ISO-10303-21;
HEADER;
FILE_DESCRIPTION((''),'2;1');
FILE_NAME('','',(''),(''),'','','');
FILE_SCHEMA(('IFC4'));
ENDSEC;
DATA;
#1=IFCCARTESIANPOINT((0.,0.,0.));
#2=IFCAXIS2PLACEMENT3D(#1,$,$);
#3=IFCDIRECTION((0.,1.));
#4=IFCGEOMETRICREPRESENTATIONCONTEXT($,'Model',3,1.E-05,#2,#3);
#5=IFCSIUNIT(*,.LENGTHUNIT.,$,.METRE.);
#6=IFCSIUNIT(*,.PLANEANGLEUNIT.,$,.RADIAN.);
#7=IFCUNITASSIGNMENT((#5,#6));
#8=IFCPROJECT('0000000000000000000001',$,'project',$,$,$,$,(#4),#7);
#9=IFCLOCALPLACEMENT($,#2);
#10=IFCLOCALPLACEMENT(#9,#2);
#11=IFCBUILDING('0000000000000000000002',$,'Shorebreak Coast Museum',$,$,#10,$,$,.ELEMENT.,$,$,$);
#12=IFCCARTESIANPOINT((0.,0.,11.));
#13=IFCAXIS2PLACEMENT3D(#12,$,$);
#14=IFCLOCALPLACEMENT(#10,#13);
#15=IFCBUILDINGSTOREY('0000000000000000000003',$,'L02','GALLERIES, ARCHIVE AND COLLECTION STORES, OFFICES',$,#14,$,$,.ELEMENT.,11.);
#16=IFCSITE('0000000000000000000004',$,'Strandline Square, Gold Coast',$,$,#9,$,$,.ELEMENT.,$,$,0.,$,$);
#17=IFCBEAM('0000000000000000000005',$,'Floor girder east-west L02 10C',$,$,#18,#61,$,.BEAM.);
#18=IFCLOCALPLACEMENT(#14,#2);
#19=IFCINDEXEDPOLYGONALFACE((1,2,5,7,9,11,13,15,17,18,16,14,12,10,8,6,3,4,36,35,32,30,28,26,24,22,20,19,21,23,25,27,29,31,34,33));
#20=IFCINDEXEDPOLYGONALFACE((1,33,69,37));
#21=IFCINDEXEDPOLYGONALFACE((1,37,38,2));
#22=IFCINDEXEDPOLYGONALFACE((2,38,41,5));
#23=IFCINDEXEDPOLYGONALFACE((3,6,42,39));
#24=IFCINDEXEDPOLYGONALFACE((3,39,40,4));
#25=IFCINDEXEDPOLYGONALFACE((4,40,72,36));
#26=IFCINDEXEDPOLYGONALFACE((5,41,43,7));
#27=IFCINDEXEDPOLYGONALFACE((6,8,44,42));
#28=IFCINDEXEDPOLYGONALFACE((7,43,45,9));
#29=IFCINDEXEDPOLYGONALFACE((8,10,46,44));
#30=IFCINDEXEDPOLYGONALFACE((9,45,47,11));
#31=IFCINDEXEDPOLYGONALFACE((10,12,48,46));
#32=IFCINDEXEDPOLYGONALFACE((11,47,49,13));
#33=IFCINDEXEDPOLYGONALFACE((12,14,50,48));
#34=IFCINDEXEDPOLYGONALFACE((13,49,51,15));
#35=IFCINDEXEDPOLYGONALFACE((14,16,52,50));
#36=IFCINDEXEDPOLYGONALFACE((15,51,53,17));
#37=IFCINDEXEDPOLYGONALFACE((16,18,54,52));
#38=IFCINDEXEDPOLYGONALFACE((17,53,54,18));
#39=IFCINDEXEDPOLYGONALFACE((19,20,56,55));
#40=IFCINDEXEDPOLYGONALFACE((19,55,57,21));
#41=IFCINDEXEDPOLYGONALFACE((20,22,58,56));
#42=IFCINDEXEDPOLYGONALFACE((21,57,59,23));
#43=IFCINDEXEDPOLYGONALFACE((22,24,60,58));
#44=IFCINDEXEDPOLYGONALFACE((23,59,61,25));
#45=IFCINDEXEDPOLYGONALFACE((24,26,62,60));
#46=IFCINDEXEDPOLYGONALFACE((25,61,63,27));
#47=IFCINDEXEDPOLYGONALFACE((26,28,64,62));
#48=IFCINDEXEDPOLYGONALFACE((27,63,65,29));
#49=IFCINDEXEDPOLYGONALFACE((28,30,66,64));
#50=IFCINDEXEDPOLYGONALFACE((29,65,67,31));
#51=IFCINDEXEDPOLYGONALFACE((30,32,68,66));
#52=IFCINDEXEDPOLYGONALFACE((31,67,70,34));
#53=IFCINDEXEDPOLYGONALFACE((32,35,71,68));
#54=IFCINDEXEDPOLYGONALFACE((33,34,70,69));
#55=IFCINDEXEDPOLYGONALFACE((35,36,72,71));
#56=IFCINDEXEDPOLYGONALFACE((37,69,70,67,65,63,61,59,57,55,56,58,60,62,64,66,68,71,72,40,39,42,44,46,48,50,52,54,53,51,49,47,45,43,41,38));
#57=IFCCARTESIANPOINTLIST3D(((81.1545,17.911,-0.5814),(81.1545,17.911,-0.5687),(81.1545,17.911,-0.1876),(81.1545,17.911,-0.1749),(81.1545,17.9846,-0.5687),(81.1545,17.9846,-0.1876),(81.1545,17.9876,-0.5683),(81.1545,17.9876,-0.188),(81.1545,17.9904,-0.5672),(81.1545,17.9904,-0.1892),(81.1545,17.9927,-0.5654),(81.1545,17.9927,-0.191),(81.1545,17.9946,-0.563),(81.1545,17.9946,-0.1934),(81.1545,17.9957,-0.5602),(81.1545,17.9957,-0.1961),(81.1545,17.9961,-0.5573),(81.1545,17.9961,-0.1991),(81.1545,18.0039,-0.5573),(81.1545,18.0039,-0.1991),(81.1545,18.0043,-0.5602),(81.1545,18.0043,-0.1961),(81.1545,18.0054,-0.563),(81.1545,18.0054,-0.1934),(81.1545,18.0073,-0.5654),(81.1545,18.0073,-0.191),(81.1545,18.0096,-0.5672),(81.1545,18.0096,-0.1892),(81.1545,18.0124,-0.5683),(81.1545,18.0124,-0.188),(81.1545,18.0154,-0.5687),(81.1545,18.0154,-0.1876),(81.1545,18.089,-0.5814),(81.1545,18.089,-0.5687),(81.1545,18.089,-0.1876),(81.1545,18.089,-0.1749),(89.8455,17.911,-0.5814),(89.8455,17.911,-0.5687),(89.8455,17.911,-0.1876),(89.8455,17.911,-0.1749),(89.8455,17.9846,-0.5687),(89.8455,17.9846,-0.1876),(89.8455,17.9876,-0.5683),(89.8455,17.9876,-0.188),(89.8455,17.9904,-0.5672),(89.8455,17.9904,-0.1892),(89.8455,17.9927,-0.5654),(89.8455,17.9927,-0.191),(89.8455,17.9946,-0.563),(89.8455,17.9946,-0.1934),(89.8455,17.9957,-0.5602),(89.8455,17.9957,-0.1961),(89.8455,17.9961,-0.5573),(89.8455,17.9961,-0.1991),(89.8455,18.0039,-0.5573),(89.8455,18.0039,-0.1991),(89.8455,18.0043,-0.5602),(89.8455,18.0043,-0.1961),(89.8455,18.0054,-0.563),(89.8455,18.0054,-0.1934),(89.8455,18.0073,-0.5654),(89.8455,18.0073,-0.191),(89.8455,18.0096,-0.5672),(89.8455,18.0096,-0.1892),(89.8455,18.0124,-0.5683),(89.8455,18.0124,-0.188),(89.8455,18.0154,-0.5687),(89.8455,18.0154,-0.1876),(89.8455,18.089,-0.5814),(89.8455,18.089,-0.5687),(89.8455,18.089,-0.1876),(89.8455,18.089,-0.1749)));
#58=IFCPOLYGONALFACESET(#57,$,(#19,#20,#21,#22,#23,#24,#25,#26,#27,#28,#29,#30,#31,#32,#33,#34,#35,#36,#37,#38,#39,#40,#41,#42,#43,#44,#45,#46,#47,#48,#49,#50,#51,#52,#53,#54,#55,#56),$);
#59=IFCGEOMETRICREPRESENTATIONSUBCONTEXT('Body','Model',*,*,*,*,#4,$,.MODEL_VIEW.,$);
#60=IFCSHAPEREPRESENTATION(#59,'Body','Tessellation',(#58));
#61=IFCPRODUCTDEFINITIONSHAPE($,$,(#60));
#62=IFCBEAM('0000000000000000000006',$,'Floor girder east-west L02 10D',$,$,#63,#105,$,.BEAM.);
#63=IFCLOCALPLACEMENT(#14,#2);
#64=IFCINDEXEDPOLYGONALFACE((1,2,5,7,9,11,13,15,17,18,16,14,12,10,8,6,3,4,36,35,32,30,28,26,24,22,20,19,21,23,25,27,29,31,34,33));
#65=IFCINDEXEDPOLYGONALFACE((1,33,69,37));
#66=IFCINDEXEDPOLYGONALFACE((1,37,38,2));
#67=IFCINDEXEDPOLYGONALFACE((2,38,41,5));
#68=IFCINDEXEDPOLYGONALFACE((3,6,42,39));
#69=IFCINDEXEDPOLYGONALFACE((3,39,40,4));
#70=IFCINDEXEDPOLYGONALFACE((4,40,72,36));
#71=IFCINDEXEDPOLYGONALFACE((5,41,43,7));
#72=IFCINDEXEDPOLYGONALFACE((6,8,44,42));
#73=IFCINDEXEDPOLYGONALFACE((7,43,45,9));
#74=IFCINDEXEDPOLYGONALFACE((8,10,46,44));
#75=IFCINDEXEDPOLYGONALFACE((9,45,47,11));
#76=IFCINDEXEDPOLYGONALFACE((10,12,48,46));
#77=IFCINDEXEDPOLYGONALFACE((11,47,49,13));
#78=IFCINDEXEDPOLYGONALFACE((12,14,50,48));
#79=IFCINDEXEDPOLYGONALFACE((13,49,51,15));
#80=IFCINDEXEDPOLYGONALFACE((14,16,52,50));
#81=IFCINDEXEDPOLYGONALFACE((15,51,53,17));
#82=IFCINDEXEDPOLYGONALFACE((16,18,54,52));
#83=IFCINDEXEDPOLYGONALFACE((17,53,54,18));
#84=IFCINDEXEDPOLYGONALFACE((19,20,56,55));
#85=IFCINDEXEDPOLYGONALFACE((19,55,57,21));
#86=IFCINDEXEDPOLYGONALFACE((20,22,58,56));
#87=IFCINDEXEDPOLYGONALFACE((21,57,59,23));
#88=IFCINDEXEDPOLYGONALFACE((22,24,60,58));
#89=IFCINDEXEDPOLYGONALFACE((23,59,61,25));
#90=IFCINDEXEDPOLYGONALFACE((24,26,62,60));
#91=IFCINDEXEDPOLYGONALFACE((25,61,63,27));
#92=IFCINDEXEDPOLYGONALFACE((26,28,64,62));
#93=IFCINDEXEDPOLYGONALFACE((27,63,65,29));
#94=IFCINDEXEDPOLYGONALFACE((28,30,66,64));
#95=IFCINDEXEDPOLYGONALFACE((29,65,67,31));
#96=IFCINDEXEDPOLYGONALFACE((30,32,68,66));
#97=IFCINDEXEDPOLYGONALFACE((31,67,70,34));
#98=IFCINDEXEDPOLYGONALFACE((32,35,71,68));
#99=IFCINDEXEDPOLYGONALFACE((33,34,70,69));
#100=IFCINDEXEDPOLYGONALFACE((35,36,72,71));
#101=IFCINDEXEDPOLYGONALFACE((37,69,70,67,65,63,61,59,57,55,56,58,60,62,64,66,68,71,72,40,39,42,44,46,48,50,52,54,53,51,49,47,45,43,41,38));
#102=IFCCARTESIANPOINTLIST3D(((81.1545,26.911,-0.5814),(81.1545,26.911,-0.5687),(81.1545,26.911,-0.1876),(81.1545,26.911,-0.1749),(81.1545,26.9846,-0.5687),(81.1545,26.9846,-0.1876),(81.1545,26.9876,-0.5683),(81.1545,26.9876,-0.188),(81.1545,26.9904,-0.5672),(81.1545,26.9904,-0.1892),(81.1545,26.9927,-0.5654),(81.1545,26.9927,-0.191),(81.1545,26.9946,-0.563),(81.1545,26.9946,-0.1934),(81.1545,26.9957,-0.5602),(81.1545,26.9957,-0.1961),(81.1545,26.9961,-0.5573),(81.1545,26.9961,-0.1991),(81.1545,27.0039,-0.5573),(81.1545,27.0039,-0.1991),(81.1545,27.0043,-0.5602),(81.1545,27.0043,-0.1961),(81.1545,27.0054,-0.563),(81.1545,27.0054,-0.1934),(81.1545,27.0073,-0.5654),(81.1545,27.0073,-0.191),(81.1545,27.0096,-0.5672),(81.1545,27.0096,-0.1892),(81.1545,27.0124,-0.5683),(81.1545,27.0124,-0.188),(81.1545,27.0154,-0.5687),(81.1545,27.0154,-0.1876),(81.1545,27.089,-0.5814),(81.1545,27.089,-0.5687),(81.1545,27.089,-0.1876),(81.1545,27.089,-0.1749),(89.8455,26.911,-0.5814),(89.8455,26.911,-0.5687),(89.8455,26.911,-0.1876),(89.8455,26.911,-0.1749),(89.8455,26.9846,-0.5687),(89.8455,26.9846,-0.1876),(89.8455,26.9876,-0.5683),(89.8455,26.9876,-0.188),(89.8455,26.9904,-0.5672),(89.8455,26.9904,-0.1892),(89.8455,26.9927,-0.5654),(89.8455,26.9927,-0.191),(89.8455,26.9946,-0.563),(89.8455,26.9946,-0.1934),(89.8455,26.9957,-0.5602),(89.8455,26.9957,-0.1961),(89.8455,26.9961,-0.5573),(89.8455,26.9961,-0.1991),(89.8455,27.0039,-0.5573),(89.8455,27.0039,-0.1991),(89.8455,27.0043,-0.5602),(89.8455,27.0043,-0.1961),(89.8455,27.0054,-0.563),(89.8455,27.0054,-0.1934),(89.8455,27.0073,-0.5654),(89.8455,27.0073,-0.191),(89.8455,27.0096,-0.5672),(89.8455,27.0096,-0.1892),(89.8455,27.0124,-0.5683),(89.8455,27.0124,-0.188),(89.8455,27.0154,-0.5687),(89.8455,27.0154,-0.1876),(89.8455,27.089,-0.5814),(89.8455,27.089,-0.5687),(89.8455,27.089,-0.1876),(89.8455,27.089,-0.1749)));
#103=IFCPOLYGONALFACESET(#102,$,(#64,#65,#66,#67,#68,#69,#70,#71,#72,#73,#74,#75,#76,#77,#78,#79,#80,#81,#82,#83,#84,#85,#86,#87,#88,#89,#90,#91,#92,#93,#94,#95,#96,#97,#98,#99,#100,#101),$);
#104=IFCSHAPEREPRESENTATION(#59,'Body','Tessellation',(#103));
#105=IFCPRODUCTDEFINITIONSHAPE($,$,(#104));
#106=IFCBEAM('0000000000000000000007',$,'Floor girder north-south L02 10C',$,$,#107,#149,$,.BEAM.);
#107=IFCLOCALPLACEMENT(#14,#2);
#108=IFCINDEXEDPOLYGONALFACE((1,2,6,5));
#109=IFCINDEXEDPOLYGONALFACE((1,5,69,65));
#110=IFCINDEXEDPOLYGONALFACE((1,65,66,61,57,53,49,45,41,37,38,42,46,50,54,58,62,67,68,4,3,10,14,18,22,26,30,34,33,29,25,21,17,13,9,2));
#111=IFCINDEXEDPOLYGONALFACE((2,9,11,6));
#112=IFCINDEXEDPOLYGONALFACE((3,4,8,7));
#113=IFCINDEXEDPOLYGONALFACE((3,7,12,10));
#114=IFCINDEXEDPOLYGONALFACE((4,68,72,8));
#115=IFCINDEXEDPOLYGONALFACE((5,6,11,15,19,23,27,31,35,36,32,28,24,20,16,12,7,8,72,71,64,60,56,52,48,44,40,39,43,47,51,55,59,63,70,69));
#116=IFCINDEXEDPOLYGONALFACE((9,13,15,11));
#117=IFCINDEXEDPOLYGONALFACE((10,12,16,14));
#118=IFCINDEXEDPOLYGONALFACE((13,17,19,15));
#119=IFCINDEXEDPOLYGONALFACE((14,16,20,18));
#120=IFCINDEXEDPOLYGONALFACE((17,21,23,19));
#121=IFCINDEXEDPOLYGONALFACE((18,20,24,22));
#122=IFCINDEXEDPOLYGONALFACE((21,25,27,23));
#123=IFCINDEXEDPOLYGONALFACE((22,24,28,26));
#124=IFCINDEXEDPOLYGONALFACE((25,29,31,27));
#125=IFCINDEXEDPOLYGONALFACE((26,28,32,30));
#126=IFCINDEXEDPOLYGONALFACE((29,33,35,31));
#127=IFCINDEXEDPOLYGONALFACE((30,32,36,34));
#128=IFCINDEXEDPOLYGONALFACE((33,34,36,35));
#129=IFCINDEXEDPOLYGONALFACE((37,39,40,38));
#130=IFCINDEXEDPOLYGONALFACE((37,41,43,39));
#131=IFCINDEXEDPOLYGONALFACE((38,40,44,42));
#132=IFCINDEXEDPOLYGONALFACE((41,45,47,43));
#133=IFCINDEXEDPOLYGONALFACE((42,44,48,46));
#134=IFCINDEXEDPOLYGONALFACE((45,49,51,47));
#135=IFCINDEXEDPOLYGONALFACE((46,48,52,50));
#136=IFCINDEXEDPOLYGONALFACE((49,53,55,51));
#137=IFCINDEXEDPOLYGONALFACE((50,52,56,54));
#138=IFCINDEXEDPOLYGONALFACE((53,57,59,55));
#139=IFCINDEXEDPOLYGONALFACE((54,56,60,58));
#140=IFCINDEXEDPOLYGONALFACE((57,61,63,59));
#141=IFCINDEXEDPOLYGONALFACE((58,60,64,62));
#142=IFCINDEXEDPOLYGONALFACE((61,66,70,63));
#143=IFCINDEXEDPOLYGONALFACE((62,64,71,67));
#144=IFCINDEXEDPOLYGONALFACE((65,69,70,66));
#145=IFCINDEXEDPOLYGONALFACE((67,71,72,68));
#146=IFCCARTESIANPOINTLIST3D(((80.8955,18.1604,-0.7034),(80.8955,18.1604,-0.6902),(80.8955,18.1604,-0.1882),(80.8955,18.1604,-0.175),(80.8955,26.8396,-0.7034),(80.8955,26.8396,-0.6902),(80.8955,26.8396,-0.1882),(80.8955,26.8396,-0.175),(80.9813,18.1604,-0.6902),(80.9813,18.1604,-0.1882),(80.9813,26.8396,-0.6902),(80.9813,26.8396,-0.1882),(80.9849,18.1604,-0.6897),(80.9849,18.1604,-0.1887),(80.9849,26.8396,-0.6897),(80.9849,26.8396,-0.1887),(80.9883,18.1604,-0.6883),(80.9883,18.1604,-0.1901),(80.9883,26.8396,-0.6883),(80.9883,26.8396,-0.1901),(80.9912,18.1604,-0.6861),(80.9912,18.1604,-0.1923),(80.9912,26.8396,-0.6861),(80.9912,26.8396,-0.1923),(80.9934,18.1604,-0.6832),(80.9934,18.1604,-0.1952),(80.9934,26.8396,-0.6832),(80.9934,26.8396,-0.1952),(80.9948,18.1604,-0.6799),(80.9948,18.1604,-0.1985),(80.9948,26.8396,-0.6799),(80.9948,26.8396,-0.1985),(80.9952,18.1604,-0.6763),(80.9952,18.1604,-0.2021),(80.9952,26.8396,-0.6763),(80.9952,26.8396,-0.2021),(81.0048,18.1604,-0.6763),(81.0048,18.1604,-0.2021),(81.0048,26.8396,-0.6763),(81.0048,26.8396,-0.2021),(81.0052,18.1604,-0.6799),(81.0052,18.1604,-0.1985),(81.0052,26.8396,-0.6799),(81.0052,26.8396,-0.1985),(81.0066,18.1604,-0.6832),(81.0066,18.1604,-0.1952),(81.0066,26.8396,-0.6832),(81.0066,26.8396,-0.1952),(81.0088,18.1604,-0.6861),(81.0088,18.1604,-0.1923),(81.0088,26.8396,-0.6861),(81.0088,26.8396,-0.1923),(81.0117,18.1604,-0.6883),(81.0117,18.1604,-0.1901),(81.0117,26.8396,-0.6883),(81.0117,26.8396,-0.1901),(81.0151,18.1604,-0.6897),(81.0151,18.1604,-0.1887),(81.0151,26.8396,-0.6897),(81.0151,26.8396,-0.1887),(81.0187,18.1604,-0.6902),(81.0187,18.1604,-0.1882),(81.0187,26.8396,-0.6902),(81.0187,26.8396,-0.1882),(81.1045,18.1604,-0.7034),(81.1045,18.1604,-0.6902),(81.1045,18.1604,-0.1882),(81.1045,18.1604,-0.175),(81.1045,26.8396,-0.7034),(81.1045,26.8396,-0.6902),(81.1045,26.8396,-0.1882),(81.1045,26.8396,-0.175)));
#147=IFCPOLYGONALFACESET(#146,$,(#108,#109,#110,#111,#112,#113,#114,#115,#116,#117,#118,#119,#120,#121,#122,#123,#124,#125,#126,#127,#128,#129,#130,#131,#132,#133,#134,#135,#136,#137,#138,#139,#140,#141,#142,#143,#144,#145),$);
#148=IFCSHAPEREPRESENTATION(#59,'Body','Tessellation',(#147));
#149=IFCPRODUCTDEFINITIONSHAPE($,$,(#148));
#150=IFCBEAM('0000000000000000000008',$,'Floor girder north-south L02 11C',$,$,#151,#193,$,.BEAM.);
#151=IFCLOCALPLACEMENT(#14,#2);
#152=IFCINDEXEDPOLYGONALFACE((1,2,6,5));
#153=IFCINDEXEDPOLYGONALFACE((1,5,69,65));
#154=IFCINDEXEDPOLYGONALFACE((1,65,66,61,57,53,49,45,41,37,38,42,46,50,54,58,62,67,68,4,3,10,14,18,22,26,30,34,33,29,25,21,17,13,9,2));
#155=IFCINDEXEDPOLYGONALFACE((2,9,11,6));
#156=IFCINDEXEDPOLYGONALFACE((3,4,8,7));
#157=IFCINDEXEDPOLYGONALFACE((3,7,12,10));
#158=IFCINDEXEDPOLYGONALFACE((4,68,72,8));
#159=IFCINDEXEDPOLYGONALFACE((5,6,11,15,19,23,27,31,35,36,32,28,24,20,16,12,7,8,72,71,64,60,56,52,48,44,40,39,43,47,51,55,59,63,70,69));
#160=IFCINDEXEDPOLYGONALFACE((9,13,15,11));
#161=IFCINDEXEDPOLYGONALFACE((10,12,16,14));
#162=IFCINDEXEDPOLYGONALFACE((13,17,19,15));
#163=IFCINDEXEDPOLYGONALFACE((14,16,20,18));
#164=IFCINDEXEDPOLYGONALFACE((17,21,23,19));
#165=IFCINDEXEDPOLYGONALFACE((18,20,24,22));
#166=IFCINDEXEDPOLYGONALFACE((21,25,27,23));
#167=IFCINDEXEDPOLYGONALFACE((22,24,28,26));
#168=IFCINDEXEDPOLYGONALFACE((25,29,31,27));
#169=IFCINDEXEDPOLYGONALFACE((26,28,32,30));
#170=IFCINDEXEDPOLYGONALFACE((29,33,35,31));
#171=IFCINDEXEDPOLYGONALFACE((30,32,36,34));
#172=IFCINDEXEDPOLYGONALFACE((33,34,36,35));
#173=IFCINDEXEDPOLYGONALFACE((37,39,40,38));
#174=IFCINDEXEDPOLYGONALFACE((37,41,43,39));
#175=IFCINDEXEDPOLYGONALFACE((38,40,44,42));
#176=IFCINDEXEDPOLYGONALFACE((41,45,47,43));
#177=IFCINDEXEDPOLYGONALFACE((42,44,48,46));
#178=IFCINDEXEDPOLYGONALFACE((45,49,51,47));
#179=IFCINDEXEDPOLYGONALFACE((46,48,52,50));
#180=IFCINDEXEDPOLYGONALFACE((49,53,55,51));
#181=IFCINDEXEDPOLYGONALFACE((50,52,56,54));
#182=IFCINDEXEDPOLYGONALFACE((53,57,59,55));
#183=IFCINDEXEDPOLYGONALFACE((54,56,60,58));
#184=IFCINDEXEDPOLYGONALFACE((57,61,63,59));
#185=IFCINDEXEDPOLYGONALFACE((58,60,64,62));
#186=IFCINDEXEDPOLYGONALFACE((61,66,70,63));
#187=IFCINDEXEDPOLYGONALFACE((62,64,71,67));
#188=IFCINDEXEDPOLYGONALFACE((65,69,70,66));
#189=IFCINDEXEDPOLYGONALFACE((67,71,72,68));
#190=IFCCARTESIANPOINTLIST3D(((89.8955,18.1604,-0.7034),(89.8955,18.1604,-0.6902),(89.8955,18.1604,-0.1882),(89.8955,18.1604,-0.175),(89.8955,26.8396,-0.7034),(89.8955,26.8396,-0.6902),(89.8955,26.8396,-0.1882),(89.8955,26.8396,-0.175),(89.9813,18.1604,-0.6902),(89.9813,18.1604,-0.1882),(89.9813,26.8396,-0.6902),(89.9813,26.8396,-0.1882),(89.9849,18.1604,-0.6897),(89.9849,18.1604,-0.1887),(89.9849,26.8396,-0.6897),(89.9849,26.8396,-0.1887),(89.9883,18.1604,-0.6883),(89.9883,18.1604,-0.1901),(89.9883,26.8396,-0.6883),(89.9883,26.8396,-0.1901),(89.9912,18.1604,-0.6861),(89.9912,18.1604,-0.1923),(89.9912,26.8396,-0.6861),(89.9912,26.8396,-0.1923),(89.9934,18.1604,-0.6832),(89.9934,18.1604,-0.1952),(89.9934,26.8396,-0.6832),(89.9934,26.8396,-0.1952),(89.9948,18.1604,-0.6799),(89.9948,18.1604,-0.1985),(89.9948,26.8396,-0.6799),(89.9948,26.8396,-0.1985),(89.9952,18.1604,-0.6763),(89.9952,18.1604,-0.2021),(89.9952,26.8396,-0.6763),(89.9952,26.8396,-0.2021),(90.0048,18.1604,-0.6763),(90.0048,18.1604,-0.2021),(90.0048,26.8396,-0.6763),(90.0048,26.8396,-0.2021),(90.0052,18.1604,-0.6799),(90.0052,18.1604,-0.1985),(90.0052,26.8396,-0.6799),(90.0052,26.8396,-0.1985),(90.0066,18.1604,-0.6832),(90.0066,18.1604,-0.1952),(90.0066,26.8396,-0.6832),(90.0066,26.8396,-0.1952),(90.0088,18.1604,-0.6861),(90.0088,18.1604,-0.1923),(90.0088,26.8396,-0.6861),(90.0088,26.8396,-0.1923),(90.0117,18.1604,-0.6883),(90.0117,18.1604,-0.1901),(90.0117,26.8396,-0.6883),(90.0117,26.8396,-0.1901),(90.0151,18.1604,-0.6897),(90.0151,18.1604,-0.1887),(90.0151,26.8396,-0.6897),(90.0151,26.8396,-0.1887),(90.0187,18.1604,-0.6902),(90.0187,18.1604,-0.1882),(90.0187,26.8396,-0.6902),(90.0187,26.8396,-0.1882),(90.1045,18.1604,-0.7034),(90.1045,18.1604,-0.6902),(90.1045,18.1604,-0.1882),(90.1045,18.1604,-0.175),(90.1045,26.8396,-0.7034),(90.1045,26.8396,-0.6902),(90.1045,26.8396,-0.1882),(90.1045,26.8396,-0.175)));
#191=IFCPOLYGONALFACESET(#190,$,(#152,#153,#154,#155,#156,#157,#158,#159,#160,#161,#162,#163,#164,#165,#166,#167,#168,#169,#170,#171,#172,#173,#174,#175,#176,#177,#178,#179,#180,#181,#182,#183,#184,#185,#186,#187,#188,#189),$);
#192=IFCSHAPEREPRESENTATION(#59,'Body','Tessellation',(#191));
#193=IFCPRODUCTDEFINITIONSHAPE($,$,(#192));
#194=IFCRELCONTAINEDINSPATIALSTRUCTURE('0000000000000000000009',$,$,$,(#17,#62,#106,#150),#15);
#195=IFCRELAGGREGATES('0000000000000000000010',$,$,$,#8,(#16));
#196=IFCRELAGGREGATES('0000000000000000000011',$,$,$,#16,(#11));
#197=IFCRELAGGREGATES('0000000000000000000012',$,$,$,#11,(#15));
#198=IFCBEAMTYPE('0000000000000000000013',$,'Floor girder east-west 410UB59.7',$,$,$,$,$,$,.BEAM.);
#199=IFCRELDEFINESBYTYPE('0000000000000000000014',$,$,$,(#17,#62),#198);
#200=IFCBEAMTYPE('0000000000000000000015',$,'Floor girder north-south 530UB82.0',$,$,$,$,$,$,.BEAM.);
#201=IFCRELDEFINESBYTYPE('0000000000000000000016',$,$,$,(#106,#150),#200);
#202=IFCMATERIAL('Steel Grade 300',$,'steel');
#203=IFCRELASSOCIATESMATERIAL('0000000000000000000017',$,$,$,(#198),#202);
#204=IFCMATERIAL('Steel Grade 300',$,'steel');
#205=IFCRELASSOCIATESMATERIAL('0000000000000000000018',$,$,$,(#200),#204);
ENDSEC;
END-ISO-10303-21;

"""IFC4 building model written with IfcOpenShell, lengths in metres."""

from ifc_helpers import new_model, si_unit, direction, frame, origin, origin_2d, place, context, subcontext, project, spatial, i_section, extrude, material, material_profile, profile_set, type_object, element, save


model = new_model("IFC4")

# Units and contexts
model_context = context("Model", 3, precision=1e-05, world=origin(), true_north=direction((0.0, 1.0)))
body_context = subcontext(model_context, "Body", "Model", "MODEL_VIEW")
ifc_project = project(units=[si_unit("LENGTHUNIT", "METRE"), si_unit("PLANEANGLEUNIT", "RADIAN")], contexts=[model_context])

# Site, building, storey
site_placement = place(None, origin())
site = spatial("IfcSite", under=ifc_project, at=site_placement, Name="Strandline Square, Gold Coast", CompositionType="ELEMENT", RefElevation=0.0)
building_placement = place(site_placement, origin())
building = spatial("IfcBuilding", under=site, at=building_placement, Name="Shorebreak Coast Museum", CompositionType="ELEMENT")
storey_placement = place(building_placement, frame((0.0, 0.0, 11.0)))
storey = spatial("IfcBuildingStorey", under=building, at=storey_placement, Name="L02", Description="GALLERIES, ARCHIVE AND COLLECTION STORES, OFFICES", CompositionType="ELEMENT", Elevation=11.0)

# Beams
ifc_material_1 = material(Name="Steel Grade 300", Category="steel")
ifc_material_profile_1 = material_profile(ifc_material_1, i_section(OverallWidth=0.178, OverallDepth=0.4065, WebThickness=0.0078, FlangeThickness=0.0127, FilletRadius=0.0115, at=origin_2d()), Name="410UB59.7")
ifc_profile_set_1 = profile_set([ifc_material_profile_1], Name="Steel Grade 300")
beam_type_1 = type_object("IfcBeamType", Name="Floor girder east-west 410UB59.7", PredefinedType="BEAM", material=ifc_profile_set_1)
for number, where, z_axis, x_axis, name in (
    (1, (81.1545, 18.0, -0.3782), (1.0, 0.0, 0.0), (0.0, 1.0, 0.0), "Floor girder east-west L02 10C"),
    (2, (81.1545, 27.0, -0.3782), (1.0, 0.0, 0.0), (0.0, 1.0, 0.0), "Floor girder east-west L02 10D"),
):
    element("IfcBeam", number, at=place(storey_placement, frame(where, z_axis=z_axis, x_axis=x_axis)), inside=storey, type_object=beam_type_1, Name=name, PredefinedType="BEAM", context=body_context, shape_type="SweptSolid", body=[
        extrude(i_section(OverallWidth=0.178, OverallDepth=0.4065, WebThickness=0.0078, FlangeThickness=0.0127, FilletRadius=0.0115, at=origin_2d()), origin(), (0.0, 0.0, 1.0), 8.6909),
    ])
ifc_material_2 = material(Name="Steel Grade 300", Category="steel")
ifc_material_profile_2 = material_profile(ifc_material_2, i_section(OverallWidth=0.209, OverallDepth=0.5283, WebThickness=0.0095, FlangeThickness=0.0132, FilletRadius=0.0139, at=origin_2d()), Name="530UB82.0")
ifc_profile_set_2 = profile_set([ifc_material_profile_2], Name="Steel Grade 300")
beam_type_2 = type_object("IfcBeamType", Name="Floor girder north-south 530UB82.0", PredefinedType="BEAM", material=ifc_profile_set_2)
for number, where, z_axis, x_axis, name in (
    (3, (81.0, 18.1604, -0.4392), (0.0, 1.0, 0.0), (-1.0, 0.0, 0.0), "Floor girder north-south L02 10C"),
    (4, (90.0, 18.1604, -0.4392), (0.0, 1.0, 0.0), (-1.0, 0.0, 0.0), "Floor girder north-south L02 11C"),
):
    element("IfcBeam", number, at=place(storey_placement, frame(where, z_axis=z_axis, x_axis=x_axis)), inside=storey, type_object=beam_type_2, Name=name, PredefinedType="BEAM", context=body_context, shape_type="SweptSolid", body=[
        extrude(i_section(OverallWidth=0.209, OverallDepth=0.5283, WebThickness=0.0095, FlangeThickness=0.0132, FilletRadius=0.0139, at=origin_2d()), origin(), (0.0, 0.0, 1.0), 8.6792),
    ])

save(model, "model.ifc")
